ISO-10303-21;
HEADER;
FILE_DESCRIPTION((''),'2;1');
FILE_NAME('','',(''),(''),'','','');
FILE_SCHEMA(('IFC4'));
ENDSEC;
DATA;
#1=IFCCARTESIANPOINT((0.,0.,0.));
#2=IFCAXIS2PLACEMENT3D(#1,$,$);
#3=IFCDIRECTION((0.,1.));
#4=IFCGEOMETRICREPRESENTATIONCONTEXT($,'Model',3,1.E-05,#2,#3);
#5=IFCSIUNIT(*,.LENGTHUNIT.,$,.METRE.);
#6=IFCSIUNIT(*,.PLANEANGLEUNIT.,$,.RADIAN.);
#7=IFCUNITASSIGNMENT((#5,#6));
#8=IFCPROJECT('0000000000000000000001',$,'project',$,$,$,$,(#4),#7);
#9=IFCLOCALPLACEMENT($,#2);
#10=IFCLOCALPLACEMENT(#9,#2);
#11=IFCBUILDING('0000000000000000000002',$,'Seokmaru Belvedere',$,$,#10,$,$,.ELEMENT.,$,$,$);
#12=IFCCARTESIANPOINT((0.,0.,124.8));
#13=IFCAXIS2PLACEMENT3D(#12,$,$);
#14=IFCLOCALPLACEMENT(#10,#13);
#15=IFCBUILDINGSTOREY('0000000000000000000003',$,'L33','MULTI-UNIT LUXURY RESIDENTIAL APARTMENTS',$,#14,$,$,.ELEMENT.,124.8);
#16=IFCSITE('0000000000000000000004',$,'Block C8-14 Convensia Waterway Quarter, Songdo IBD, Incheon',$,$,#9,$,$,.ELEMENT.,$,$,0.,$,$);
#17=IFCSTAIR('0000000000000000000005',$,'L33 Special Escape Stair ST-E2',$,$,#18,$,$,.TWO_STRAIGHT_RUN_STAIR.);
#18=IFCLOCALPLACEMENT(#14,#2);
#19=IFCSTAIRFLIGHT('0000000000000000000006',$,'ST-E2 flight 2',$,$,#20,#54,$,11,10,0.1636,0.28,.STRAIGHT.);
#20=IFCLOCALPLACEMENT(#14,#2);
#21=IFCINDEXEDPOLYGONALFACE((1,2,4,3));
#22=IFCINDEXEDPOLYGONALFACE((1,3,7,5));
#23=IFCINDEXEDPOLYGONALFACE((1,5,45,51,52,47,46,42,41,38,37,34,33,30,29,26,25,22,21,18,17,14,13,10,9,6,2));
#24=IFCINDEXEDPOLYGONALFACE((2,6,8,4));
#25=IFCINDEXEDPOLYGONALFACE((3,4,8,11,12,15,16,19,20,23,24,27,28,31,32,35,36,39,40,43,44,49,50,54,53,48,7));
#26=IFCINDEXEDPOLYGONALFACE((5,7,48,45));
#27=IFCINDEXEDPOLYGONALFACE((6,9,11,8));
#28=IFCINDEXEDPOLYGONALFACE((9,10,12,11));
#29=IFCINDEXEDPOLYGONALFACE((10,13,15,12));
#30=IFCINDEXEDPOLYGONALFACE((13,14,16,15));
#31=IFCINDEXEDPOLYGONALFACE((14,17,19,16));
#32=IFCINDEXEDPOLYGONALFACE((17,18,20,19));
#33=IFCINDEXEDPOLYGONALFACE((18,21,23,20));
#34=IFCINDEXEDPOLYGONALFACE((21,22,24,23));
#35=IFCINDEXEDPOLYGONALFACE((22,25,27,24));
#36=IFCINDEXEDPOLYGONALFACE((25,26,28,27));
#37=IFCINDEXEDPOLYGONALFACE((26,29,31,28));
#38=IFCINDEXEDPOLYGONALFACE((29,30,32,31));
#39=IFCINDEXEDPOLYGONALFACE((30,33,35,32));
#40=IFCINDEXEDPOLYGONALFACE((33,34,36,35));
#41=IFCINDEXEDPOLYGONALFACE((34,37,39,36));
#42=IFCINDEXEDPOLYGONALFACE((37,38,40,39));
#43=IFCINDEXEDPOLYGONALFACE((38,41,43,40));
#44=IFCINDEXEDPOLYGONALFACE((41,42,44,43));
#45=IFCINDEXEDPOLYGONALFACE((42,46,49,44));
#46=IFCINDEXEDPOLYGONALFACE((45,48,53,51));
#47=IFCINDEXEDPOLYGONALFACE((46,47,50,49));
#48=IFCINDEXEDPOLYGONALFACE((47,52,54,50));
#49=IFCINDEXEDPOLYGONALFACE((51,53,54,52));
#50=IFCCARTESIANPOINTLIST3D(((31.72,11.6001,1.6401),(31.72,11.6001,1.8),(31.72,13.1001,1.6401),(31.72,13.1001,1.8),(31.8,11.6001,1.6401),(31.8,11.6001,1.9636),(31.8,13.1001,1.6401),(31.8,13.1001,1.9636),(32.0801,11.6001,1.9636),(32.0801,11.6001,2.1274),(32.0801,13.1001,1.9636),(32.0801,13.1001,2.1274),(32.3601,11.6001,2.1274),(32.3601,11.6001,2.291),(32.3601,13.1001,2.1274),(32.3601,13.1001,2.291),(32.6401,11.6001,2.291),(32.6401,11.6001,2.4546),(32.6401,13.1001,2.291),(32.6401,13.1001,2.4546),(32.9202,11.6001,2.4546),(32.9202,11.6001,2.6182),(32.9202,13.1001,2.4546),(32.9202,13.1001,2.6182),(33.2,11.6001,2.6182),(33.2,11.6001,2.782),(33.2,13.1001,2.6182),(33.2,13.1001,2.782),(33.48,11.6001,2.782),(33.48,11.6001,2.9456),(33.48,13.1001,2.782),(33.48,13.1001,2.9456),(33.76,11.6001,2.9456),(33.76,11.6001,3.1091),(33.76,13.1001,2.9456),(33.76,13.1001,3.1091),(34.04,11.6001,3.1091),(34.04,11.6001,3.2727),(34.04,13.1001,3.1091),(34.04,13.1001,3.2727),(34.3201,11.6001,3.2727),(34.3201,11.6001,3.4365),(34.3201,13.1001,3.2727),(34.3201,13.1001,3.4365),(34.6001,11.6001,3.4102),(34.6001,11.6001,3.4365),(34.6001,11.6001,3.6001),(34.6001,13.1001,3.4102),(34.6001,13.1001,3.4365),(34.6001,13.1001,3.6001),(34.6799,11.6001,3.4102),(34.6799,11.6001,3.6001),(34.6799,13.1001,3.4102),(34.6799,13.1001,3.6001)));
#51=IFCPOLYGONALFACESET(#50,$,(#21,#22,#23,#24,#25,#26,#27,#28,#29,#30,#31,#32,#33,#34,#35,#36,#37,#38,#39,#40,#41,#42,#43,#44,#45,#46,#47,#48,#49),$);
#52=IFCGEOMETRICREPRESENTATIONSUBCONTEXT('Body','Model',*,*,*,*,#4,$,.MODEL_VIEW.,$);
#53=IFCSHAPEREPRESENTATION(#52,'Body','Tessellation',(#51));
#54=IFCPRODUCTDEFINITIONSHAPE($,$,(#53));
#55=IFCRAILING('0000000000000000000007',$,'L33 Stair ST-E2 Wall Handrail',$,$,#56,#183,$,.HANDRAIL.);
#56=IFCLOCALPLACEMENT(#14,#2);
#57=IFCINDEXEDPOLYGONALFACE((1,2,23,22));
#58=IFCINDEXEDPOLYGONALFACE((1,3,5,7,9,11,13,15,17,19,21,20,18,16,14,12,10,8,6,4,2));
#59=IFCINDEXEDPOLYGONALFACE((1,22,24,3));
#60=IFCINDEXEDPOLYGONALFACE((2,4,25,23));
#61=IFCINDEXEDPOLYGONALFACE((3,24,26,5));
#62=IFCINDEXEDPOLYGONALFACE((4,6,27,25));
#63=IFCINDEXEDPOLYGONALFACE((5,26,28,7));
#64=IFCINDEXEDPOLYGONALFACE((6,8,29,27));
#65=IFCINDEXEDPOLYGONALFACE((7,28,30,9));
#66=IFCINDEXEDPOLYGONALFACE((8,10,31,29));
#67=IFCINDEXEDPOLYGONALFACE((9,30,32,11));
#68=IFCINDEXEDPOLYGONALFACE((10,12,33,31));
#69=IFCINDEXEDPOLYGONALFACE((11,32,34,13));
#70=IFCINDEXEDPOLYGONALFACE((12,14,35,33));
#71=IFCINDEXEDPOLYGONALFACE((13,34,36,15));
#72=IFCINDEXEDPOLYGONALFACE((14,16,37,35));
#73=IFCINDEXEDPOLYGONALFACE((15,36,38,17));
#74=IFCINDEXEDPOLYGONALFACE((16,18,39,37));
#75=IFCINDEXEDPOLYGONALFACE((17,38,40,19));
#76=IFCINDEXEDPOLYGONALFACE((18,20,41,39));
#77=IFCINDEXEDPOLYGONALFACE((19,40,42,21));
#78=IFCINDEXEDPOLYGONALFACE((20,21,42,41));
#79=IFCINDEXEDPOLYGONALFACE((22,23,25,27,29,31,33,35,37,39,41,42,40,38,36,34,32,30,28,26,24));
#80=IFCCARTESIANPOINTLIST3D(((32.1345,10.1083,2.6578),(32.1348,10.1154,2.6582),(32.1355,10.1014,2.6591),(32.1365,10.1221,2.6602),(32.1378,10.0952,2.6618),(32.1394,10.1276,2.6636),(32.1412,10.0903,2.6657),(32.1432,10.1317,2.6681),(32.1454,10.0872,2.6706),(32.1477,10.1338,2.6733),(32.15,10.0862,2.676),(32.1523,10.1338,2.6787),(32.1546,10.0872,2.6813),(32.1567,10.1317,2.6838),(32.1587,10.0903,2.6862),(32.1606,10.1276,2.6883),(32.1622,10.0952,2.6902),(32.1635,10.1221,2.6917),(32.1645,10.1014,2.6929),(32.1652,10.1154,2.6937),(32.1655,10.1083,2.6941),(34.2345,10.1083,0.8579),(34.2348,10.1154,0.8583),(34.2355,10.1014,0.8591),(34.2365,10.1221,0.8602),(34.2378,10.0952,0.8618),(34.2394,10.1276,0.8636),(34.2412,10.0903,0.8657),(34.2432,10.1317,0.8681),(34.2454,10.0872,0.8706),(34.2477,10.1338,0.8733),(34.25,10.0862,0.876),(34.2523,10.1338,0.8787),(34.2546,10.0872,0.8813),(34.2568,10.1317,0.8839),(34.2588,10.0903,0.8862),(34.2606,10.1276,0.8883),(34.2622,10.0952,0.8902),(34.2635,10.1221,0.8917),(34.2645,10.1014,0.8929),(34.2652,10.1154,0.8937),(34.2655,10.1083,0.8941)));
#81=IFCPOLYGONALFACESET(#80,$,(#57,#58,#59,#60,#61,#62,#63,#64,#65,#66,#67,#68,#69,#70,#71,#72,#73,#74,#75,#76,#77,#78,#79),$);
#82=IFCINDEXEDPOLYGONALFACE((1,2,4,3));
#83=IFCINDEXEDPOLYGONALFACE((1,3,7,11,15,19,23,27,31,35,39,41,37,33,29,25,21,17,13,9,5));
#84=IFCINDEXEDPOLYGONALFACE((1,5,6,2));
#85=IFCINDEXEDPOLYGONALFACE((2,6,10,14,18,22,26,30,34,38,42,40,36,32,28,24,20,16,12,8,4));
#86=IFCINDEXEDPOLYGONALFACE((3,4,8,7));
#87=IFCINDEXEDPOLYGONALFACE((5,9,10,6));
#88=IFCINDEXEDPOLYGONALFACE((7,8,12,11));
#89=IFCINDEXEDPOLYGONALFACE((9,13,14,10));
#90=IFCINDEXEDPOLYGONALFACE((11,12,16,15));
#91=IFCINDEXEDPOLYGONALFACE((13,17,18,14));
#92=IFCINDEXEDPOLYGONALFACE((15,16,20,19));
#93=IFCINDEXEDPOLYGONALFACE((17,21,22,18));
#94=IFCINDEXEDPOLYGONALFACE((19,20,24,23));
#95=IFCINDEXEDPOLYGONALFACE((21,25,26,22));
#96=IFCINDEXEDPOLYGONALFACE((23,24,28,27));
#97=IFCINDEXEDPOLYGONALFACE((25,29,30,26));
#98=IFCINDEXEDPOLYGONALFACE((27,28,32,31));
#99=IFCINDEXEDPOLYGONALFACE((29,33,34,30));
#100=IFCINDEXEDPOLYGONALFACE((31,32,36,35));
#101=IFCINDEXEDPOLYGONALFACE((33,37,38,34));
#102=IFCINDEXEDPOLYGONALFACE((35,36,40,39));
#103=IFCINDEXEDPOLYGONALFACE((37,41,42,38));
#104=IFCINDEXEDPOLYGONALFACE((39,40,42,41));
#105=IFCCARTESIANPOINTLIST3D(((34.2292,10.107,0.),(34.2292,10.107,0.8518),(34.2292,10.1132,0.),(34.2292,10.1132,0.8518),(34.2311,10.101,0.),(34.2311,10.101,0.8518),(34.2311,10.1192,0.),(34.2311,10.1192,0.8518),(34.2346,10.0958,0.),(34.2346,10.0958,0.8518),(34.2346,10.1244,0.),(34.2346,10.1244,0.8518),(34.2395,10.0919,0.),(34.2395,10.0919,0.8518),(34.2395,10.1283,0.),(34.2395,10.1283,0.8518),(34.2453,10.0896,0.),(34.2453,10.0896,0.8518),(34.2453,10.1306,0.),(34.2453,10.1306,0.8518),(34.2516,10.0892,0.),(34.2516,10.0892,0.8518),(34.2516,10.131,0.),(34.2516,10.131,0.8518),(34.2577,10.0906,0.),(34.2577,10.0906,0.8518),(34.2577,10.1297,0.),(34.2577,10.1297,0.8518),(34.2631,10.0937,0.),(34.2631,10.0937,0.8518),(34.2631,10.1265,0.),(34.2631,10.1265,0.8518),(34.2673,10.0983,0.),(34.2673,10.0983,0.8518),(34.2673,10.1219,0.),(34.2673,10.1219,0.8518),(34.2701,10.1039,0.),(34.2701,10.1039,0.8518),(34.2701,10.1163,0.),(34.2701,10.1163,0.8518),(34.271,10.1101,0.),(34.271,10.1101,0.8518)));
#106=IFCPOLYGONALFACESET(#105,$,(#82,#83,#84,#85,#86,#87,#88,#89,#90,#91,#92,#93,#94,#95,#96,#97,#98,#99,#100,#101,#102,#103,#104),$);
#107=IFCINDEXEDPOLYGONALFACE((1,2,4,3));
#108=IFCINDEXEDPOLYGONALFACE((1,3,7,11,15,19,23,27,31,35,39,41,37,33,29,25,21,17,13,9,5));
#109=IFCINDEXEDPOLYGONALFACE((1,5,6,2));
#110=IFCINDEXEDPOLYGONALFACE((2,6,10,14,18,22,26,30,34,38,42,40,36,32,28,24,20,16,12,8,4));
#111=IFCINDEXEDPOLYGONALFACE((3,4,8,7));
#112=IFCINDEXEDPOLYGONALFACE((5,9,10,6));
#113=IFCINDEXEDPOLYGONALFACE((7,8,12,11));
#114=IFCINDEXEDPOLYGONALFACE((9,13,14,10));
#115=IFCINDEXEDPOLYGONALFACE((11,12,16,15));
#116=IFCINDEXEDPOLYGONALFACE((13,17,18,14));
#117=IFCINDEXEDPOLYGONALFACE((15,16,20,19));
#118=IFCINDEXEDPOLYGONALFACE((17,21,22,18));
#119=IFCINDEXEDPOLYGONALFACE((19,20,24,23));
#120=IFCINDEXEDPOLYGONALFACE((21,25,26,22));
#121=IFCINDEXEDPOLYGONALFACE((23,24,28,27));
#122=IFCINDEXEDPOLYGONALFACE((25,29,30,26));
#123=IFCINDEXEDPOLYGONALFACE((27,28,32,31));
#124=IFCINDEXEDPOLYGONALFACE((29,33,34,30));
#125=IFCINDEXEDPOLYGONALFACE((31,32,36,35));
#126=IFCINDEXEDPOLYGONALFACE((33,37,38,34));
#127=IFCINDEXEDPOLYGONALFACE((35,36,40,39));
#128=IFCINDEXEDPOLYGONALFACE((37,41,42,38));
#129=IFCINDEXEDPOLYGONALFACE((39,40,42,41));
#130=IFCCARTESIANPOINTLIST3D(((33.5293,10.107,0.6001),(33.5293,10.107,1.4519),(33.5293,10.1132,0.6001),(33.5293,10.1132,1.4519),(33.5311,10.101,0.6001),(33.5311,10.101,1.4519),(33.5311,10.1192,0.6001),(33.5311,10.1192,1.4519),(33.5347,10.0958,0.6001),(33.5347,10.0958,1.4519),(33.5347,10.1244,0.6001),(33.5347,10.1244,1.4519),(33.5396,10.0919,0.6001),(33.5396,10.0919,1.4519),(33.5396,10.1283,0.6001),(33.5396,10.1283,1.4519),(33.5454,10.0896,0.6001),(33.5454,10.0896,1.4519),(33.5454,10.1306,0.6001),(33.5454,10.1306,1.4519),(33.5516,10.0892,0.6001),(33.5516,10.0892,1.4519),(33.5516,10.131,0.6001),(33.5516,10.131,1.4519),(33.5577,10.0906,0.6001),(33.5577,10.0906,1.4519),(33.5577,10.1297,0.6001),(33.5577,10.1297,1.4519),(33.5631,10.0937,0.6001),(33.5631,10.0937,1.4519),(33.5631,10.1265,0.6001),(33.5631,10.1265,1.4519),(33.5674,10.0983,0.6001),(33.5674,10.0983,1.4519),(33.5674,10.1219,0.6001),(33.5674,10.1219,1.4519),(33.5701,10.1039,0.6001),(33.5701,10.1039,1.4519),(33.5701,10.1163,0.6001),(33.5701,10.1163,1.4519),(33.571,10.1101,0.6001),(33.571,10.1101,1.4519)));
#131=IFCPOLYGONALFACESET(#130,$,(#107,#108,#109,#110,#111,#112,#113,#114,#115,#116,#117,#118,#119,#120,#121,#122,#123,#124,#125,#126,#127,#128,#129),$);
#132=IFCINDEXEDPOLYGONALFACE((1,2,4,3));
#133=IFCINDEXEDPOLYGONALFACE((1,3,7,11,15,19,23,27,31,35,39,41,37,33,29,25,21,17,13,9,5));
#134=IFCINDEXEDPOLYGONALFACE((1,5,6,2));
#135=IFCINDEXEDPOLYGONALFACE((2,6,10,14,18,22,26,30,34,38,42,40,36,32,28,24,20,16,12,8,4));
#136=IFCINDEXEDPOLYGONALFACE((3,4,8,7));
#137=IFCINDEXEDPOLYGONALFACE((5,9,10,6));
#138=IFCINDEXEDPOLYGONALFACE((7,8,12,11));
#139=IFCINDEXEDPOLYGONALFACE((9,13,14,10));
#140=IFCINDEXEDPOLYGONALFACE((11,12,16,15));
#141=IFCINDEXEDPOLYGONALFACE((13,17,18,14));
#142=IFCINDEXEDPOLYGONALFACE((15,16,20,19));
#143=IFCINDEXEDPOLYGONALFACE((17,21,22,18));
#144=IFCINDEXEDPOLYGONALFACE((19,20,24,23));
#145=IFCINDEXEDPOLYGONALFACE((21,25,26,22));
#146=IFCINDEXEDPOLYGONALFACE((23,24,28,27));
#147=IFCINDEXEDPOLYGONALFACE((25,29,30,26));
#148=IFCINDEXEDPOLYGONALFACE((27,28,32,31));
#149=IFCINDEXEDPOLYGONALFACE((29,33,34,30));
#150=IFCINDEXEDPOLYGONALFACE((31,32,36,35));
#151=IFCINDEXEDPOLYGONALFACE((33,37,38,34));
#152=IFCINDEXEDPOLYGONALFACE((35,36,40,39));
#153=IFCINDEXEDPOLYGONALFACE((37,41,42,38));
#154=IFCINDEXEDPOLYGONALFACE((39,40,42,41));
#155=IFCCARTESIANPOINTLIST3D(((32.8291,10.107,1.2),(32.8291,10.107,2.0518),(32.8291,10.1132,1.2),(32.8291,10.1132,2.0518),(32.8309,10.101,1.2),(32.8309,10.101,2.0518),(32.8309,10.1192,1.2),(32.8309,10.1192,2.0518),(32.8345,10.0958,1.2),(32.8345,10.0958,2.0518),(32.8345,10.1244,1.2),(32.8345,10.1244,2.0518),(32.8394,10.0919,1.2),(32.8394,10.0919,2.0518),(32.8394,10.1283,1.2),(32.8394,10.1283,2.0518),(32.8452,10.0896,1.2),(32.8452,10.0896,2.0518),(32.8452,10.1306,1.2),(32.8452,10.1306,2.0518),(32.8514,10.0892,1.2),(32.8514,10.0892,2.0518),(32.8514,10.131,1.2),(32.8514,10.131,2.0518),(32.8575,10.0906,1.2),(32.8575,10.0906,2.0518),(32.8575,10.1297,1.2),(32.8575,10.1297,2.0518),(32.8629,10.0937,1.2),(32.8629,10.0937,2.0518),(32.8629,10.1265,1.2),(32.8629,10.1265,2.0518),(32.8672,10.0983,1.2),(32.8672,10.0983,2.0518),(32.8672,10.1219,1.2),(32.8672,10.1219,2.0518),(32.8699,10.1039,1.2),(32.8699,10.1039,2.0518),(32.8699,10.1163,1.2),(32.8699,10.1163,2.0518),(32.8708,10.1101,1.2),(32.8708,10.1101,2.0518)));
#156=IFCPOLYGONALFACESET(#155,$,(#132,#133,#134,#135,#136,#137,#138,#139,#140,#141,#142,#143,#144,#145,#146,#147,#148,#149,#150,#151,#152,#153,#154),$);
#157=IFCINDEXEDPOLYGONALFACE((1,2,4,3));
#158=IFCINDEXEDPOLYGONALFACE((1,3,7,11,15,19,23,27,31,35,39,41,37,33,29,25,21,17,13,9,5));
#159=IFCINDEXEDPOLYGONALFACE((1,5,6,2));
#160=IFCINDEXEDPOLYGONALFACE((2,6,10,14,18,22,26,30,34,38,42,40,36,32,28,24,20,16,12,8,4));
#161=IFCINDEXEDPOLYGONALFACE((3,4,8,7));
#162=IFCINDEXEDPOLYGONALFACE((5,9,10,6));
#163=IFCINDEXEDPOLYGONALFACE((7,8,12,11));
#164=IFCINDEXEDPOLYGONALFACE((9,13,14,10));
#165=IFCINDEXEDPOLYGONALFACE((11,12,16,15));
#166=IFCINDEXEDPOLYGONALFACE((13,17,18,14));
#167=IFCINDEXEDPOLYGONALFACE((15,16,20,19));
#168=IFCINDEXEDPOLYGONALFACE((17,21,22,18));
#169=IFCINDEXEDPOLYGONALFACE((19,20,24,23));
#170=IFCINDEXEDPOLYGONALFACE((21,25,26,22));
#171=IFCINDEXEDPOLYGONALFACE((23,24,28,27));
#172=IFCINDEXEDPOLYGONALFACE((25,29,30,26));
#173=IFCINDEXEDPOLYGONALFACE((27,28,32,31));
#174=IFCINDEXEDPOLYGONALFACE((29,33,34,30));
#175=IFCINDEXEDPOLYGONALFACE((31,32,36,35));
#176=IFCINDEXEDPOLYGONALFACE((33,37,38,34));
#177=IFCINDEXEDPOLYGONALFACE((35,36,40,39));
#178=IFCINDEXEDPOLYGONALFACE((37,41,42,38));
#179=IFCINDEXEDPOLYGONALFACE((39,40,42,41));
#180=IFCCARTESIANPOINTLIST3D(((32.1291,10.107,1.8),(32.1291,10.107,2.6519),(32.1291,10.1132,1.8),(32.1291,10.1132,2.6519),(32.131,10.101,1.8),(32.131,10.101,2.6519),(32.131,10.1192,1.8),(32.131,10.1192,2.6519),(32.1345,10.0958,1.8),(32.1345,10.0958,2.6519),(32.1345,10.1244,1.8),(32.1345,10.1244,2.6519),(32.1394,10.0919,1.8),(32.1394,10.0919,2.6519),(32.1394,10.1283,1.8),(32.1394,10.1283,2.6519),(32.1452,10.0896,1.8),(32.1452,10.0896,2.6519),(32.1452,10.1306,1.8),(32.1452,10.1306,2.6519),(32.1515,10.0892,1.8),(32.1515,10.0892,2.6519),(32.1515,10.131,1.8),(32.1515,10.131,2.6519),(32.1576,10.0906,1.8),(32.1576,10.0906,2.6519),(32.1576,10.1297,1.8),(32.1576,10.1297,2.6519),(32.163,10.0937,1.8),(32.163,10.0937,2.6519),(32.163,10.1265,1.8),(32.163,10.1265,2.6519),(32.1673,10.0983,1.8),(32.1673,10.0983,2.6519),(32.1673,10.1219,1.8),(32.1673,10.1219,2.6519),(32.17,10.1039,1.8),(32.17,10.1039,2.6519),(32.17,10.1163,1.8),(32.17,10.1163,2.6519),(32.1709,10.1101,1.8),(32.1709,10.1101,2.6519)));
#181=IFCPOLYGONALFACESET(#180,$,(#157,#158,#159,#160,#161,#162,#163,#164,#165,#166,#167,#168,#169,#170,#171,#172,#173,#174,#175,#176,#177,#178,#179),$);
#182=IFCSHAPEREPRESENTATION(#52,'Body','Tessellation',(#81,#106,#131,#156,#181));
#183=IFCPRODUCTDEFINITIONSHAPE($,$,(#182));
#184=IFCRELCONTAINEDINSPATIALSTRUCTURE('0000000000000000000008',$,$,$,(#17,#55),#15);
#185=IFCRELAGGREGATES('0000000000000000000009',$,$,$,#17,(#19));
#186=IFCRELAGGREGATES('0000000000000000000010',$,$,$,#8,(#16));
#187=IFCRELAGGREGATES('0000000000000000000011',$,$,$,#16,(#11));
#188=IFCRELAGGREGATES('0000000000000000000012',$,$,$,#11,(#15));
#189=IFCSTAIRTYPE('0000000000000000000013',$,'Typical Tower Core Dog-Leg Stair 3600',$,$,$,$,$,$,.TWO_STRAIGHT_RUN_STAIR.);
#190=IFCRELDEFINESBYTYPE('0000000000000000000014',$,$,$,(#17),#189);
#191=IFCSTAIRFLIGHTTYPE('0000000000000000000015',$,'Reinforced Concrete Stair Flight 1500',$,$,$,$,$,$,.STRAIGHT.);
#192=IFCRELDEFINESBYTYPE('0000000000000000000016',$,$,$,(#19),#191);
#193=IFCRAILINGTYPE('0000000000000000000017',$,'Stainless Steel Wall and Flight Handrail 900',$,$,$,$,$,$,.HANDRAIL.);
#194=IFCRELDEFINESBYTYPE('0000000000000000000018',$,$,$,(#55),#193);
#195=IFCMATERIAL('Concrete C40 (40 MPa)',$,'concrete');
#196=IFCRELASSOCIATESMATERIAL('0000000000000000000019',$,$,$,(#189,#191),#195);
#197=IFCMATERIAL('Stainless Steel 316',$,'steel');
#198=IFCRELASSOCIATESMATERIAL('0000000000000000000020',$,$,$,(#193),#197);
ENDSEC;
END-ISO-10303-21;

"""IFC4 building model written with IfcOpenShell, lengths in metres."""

from ifc_helpers import new_model, si_unit, direction, frame, origin, origin_2d, place, context, subcontext, project, spatial, polyline, circle, outline, extrude, material, type_object, element, aggregate, save


model = new_model("IFC4")

# Units and contexts
model_context = context("Model", 3, precision=1e-05, world=origin(), true_north=direction((0.0, 1.0)))
body_context = subcontext(model_context, "Body", "Model", "MODEL_VIEW")
ifc_project = project(units=[si_unit("LENGTHUNIT", "METRE"), si_unit("PLANEANGLEUNIT", "RADIAN")], contexts=[model_context])

# Site, building, storey
site_placement = place(None, origin())
site = spatial("IfcSite", under=ifc_project, at=site_placement, Name="Block C8-14 Convensia Waterway Quarter, Songdo IBD, Incheon", CompositionType="ELEMENT", RefElevation=0.0)
building_placement = place(site_placement, origin())
building = spatial("IfcBuilding", under=site, at=building_placement, Name="Seokmaru Belvedere", CompositionType="ELEMENT")
storey_placement = place(building_placement, frame((0.0, 0.0, 124.8)))
storey = spatial("IfcBuildingStorey", under=building, at=storey_placement, Name="L33", Description="MULTI-UNIT LUXURY RESIDENTIAL APARTMENTS", CompositionType="ELEMENT", Elevation=124.8)

# Stair, stair flight
ifc_material_1 = material(Name="Concrete C40 (40 MPa)", Category="concrete")
stair_type = type_object("IfcStairType", Name="Typical Tower Core Dog-Leg Stair 3600", PredefinedType="TWO_STRAIGHT_RUN_STAIR", material=ifc_material_1)
stair_placement = place(storey_placement, origin())
stair = element("IfcStair", 1, at=stair_placement, inside=storey, type_object=stair_type, Name="L33 Special Escape Stair ST-E2", PredefinedType="TWO_STRAIGHT_RUN_STAIR")
stair_flight_type = type_object("IfcStairFlightType", Name="Reinforced Concrete Stair Flight 1500", PredefinedType="STRAIGHT", material=ifc_material_1)
stair_flight_1_placement = place(storey_placement, frame((31.8, 12.3501, 1.8), z_axis=(0.0, 0.0, 1.0), x_axis=(1.0, 0.0, 0.0)))
stair_flight_1 = element("IfcStairFlight", 2, at=stair_flight_1_placement, type_object=stair_flight_type, Name="ST-E2 flight 2", NumberOfRisers=11, NumberOfTreads=10, PredefinedType="STRAIGHT", RiserHeight=0.1636, TreadLength=0.28, context=body_context, shape_type="SweptSolid", body=[
    extrude(outline(polyline([(-0.0801, 0.0), (0.0, 0.1636), (0.28, 0.1636), (0.28, 0.3274), (0.5601, 0.3274), (0.5601, 0.491), (0.8401, 0.491), (0.8401, 0.6545), (1.1201, 0.6545), (1.1201, 0.8181), (1.3999, 0.8181), (1.3999, 0.9819), (1.6799, 0.9819), (1.6799, 1.1455), (1.96, 1.1455), (1.96, 1.3091), (2.24, 1.3091), (2.24, 1.4727), (2.52, 1.4727), (2.52, 1.6365), (2.8, 1.6365), (2.8, 1.8), (2.8799, 1.8), (2.8799, 1.6101), (2.8, 1.6101), (0.0, -0.1599), (-0.0801, -0.1599), (-0.0801, 0.0)])), frame((0.0, 0.75, 0.0), z_axis=(0.0, -1.0, 0.0), x_axis=(1.0, 0.0, 0.0)), (0.0, 0.0, 1.0), 1.5),
])
aggregate(stair, [stair_flight_1])

# Railing
ifc_material_2 = material(Name="Stainless Steel 316", Category="steel")
railing_type_1 = type_object("IfcRailingType", Name="Stainless Steel Wall and Flight Handrail 900", PredefinedType="HANDRAIL", material=ifc_material_2)
railing_1_placement = place(storey_placement, frame((34.25, 10.1101, 0.0)))
element("IfcRailing", 3, at=railing_1_placement, inside=storey, type_object=railing_type_1, Name="L33 Stair ST-E2 Wall Handrail", PredefinedType="HANDRAIL", context=body_context, shape_type="SweptSolid", body=[
    extrude(circle(Radius=0.0239, at=origin_2d()), frame((0.0, 0.0, 0.876), z_axis=(-0.759263, 0.0, 0.650784), x_axis=(0.0, -1.0, 0.0)), (0.0, 0.0, 1.0), 2.7659),
    extrude(circle(Radius=0.021, at=origin_2d()), origin(), (0.0, 0.0, 1.0), 0.8518),
    extrude(circle(Radius=0.021, at=origin_2d()), frame((-0.7, 0.0, 0.6001)), (0.0, 0.0, 1.0), 0.8518),
    extrude(circle(Radius=0.021, at=origin_2d()), frame((-1.4001, 0.0, 1.2)), (0.0, 0.0, 1.0), 0.8518),
    extrude(circle(Radius=0.021, at=origin_2d()), frame((-2.1001, 0.0, 1.8)), (0.0, 0.0, 1.0), 0.8518),
])

save(model, "model.ifc")
